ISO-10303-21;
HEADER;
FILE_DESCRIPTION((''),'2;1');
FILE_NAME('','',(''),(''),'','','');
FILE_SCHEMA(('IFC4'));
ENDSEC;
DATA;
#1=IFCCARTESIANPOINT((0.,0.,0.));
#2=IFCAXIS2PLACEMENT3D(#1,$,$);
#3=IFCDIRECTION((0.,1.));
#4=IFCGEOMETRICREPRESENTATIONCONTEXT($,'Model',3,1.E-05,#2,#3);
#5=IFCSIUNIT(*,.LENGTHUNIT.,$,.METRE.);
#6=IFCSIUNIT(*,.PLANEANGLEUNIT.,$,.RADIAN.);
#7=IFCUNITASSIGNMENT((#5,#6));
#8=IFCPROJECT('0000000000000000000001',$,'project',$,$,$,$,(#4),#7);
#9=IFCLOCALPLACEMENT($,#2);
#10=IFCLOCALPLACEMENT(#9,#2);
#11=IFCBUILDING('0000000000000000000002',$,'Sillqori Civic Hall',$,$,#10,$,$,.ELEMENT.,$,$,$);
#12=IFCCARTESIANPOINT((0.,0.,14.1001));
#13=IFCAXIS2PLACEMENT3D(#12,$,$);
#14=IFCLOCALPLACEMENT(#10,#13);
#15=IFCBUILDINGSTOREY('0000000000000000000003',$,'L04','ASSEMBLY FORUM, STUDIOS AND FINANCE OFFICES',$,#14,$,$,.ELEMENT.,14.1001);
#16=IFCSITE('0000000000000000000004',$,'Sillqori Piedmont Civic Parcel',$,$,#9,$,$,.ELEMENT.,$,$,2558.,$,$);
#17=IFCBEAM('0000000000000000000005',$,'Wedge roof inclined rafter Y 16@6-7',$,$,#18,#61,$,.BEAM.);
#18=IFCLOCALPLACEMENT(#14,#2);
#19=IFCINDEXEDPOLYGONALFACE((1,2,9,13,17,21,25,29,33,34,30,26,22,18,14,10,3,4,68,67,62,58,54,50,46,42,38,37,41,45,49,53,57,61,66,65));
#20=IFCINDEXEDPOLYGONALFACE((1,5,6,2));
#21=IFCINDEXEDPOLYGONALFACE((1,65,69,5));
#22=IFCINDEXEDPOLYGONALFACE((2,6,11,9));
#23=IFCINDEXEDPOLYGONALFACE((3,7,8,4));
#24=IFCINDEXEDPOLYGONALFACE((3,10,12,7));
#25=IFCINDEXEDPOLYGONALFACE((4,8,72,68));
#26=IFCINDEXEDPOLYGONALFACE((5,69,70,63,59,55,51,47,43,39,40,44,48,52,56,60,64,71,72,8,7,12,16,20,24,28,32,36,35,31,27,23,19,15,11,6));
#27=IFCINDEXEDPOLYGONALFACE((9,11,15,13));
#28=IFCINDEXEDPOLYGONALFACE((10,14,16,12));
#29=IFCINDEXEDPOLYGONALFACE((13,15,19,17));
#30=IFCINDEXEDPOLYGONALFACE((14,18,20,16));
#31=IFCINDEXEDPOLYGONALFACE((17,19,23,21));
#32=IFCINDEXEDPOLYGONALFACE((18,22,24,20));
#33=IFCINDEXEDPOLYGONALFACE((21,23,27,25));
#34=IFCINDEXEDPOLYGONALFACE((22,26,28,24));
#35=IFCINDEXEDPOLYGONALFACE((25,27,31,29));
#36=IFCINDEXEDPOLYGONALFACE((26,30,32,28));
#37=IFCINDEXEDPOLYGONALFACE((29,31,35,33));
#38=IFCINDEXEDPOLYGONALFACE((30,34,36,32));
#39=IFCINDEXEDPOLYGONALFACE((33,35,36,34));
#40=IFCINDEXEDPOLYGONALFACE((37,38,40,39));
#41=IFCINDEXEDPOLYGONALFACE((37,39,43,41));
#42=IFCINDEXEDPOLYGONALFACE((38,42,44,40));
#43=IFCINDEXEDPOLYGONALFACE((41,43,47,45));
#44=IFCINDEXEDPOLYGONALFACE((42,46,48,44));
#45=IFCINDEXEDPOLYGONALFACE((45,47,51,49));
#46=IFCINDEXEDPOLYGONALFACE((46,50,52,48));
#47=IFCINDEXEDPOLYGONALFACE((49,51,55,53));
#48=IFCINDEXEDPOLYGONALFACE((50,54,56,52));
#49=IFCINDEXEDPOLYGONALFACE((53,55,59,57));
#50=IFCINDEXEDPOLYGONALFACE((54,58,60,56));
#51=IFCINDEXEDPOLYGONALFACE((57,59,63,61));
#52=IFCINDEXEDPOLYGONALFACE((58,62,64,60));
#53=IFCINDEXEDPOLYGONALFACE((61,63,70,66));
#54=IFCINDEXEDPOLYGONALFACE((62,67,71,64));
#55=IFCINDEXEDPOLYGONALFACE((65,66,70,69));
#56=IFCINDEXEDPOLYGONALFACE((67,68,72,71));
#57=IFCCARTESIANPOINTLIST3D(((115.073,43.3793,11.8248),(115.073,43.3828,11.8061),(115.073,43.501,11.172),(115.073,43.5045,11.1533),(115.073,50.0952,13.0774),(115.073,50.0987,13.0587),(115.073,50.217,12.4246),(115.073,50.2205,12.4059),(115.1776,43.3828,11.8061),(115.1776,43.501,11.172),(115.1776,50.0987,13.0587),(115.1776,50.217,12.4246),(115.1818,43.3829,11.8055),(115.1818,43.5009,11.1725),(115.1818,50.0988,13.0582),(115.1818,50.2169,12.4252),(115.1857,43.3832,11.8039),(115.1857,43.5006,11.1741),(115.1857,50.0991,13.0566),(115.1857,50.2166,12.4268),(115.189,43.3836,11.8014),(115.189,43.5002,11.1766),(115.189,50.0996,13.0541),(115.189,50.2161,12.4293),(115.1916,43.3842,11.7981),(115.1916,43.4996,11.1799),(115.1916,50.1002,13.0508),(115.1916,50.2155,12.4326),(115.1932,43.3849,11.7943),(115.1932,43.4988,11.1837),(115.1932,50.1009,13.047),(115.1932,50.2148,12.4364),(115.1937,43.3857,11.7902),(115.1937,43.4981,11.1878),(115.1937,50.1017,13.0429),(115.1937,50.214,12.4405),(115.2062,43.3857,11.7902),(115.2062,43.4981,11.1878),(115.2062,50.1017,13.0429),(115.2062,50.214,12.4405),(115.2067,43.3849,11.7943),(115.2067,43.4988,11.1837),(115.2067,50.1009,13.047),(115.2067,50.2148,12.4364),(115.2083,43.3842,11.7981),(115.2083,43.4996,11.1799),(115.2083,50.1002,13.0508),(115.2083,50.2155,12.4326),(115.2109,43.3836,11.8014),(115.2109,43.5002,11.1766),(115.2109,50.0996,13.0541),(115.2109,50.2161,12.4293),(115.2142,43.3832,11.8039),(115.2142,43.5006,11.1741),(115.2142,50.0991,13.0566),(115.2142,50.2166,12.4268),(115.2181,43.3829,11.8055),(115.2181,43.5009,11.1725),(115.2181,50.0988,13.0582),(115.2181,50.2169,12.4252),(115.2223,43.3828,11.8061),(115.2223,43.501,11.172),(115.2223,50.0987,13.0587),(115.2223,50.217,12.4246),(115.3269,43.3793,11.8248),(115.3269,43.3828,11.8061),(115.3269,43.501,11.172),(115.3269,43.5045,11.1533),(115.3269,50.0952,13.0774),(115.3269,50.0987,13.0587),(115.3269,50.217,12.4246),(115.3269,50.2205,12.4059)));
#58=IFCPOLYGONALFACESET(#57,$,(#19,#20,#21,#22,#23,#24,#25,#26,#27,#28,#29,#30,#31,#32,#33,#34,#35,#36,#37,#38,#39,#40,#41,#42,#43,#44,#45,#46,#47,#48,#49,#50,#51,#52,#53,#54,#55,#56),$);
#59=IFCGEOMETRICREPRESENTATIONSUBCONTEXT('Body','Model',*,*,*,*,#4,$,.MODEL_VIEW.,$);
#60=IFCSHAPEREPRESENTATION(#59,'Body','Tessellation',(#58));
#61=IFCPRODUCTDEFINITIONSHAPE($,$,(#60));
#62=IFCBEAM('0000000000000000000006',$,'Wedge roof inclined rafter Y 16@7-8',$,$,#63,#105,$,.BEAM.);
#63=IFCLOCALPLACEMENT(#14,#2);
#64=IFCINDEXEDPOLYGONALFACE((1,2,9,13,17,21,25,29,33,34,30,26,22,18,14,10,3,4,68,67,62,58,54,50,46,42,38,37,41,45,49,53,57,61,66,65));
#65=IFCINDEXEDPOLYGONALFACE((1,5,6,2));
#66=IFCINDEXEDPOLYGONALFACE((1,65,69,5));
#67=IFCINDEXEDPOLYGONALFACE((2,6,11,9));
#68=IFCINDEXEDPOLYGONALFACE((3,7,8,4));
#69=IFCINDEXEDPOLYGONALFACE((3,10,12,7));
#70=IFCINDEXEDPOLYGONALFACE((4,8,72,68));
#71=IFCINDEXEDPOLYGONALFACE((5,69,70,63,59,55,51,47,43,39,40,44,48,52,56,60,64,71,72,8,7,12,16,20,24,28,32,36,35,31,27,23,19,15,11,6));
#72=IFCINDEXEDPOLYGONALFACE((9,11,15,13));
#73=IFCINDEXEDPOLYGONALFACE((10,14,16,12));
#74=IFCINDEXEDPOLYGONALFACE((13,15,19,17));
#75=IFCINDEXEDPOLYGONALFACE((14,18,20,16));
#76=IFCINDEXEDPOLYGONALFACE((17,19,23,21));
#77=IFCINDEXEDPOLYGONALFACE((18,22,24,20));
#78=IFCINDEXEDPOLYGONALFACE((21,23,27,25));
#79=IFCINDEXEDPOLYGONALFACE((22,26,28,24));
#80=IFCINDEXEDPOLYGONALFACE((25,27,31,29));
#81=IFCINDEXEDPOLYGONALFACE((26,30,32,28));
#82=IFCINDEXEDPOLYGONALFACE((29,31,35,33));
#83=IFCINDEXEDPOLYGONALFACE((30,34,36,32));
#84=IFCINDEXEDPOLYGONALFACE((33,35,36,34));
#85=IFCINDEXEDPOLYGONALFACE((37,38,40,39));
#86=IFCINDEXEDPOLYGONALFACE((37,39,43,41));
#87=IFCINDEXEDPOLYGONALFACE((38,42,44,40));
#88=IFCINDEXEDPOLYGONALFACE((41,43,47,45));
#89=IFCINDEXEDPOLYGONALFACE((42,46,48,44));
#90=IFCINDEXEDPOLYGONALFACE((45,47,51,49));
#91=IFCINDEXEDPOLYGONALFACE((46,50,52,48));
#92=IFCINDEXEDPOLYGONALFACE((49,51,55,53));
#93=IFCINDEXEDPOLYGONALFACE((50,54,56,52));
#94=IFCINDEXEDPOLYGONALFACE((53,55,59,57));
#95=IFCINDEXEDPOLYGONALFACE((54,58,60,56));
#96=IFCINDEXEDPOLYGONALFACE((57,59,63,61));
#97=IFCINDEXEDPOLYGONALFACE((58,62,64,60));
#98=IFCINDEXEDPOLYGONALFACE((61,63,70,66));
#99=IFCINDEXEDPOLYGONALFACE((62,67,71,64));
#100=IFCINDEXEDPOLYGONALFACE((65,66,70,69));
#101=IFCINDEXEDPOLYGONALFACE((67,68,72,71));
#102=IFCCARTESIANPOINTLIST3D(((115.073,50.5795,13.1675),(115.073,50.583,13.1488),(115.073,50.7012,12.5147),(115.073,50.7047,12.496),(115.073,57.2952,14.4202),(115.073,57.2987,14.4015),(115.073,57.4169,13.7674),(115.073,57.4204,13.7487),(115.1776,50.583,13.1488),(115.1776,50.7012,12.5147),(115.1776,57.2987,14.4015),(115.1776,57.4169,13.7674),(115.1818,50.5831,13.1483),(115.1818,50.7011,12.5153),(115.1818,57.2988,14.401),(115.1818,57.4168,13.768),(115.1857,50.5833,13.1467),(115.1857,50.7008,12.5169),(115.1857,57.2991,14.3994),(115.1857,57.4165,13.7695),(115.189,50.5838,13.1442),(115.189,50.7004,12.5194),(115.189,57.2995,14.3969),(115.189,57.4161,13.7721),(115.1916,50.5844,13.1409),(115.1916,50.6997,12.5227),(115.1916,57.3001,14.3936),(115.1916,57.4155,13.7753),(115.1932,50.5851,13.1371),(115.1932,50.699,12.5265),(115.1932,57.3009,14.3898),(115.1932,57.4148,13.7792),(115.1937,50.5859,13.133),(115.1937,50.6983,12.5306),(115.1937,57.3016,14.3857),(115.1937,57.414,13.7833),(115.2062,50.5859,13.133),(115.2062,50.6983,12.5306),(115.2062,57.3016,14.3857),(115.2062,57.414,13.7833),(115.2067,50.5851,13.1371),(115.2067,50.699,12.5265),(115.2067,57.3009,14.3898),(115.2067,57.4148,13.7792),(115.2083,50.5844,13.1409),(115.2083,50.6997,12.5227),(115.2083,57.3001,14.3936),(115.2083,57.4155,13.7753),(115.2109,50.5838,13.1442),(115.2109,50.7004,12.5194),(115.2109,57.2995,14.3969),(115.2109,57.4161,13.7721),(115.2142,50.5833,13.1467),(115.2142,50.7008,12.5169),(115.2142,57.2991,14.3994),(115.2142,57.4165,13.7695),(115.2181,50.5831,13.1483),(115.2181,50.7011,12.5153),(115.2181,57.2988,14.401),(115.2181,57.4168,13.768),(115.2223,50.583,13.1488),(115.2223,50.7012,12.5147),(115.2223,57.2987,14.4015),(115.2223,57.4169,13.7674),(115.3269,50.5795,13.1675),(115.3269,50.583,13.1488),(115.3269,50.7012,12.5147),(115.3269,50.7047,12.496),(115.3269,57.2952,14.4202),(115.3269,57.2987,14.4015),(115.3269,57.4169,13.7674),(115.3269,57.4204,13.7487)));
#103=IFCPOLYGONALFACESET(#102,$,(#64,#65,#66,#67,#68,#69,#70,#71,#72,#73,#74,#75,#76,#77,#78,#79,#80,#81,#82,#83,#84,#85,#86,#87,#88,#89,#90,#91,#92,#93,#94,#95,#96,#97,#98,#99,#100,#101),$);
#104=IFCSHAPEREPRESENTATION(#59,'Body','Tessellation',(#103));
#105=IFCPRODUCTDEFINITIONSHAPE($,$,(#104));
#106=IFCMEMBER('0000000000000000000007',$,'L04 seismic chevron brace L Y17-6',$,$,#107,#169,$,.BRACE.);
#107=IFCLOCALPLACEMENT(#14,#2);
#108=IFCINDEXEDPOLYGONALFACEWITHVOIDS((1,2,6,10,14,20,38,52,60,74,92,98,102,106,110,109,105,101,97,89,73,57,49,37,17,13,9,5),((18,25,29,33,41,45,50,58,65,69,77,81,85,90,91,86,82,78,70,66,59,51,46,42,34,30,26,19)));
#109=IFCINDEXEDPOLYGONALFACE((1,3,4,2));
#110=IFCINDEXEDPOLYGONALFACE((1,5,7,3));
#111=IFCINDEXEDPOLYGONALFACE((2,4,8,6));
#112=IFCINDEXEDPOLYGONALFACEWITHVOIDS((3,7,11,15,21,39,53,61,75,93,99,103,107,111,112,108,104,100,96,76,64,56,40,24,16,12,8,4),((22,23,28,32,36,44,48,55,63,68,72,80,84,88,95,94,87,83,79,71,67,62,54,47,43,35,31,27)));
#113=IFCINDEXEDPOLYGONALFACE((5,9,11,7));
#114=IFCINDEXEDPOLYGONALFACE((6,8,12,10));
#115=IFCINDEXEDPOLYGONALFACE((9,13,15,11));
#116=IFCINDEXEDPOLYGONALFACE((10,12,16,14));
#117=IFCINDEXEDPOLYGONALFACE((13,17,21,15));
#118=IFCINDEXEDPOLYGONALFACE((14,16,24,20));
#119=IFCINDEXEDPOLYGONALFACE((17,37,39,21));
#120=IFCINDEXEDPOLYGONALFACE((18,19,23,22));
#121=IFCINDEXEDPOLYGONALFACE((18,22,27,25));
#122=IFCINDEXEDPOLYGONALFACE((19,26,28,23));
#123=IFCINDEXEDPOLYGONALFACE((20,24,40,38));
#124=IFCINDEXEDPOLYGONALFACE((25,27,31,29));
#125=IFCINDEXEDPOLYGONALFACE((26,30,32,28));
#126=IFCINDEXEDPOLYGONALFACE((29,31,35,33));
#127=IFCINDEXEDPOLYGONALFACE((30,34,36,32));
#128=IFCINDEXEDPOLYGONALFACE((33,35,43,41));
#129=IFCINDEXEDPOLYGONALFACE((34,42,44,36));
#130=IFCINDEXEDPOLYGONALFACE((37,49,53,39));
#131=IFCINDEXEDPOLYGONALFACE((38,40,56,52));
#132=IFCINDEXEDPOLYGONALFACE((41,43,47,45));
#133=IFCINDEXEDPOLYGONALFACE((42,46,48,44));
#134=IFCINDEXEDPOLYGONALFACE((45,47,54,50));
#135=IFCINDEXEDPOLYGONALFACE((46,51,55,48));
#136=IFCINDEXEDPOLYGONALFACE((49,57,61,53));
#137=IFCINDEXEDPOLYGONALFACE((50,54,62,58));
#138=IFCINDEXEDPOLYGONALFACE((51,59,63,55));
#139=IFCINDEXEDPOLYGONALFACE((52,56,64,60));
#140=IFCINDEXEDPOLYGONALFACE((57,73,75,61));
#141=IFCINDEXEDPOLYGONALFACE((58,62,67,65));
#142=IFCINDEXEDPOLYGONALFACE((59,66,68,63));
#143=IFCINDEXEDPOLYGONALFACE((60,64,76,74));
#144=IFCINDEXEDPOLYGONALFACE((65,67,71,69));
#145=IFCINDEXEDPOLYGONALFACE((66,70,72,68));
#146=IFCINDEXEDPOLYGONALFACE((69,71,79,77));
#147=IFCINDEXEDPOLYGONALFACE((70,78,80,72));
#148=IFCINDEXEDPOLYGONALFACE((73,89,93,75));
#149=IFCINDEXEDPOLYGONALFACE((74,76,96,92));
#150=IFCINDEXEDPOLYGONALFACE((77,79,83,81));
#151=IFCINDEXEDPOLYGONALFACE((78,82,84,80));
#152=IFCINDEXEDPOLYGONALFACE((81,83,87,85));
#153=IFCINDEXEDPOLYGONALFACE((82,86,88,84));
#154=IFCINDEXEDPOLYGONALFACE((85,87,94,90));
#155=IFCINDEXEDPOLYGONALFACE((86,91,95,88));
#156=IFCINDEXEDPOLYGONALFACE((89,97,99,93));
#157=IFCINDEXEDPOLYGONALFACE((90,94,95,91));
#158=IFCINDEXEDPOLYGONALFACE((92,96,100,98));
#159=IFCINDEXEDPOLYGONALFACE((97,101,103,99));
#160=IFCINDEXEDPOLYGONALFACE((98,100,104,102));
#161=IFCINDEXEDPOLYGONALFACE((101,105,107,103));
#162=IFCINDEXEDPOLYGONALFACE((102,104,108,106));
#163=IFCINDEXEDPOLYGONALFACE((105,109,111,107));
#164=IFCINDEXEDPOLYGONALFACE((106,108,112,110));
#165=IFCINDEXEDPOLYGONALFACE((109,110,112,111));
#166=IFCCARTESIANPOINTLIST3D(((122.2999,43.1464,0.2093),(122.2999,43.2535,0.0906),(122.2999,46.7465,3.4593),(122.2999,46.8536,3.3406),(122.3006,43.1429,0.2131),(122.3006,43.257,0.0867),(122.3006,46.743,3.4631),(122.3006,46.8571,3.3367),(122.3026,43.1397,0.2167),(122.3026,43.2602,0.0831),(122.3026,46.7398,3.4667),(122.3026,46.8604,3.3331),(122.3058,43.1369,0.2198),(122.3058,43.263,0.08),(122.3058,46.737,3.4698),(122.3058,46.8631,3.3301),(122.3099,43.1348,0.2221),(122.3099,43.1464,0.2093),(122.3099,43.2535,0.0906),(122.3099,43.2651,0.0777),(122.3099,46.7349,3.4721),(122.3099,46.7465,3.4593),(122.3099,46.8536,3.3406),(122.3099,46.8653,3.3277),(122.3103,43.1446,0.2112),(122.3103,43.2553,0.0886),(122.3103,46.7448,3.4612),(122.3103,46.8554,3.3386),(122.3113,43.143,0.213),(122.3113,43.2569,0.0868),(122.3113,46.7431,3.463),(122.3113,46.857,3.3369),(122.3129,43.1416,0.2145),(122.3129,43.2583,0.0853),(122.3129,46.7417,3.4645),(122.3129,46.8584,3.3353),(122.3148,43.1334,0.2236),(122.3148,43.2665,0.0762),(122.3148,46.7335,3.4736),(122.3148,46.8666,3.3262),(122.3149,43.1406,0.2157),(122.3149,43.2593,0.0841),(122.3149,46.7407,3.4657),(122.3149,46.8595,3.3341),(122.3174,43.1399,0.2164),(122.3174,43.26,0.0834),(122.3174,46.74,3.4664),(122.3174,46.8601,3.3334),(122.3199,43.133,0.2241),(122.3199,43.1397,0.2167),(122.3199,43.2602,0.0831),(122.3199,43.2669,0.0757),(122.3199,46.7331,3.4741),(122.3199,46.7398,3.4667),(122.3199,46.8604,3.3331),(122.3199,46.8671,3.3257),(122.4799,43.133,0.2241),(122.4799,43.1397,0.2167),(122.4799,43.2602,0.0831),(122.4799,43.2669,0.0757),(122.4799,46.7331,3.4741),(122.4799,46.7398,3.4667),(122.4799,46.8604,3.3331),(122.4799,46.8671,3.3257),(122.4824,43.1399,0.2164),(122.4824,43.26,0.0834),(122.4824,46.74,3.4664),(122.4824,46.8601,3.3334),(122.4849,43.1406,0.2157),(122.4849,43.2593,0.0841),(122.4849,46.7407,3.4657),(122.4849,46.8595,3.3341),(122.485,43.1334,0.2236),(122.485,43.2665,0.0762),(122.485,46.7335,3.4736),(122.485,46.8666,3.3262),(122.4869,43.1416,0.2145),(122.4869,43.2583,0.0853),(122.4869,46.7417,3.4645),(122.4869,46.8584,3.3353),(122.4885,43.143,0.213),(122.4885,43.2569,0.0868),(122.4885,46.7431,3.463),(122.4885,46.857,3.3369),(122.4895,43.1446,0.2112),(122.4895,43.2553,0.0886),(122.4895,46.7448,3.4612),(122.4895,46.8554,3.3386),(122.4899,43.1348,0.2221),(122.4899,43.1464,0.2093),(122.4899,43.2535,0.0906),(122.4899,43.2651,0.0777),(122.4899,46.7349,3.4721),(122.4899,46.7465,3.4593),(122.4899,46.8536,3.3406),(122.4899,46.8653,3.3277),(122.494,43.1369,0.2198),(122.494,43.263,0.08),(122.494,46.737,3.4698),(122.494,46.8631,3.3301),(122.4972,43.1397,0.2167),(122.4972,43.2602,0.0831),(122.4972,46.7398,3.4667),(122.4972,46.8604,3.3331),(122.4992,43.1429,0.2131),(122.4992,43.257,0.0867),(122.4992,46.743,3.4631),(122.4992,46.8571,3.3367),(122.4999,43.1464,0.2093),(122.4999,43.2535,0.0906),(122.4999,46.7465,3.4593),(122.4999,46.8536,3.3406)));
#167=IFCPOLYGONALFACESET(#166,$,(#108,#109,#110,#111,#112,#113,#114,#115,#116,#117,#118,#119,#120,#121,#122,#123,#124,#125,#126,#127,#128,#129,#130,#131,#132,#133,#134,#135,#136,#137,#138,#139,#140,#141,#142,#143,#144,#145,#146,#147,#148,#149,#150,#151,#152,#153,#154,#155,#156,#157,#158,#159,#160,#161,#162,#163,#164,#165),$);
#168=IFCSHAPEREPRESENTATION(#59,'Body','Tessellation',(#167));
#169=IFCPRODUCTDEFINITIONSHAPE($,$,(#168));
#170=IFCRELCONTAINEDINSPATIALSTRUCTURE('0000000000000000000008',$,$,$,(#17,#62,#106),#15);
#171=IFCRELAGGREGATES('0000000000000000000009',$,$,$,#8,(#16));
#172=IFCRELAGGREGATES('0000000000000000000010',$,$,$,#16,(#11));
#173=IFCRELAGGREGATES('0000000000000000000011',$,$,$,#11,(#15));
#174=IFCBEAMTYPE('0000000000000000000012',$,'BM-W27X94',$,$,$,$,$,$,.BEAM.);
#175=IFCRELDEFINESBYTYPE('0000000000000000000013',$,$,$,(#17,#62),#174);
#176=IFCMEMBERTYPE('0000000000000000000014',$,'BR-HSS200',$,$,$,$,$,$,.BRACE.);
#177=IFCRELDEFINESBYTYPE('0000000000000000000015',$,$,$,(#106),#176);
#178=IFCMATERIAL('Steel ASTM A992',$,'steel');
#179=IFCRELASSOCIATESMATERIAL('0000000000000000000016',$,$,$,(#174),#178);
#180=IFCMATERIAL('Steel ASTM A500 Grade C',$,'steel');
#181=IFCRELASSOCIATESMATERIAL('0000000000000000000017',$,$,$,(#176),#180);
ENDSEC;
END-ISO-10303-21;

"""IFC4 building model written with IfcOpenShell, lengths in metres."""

from ifc_helpers import new_model, si_unit, direction, frame, origin, origin_2d, place, context, subcontext, project, spatial, hollow_rectangle, i_section, extrude, material, material_profile, profile_set, type_object, element, save


model = new_model("IFC4")

# Units and contexts
model_context = context("Model", 3, precision=1e-05, world=origin(), true_north=direction((0.0, 1.0)))
body_context = subcontext(model_context, "Body", "Model", "MODEL_VIEW")
ifc_project = project(units=[si_unit("LENGTHUNIT", "METRE"), si_unit("PLANEANGLEUNIT", "RADIAN")], contexts=[model_context])

# Site, building, storey
site_placement = place(None, origin())
site = spatial("IfcSite", under=ifc_project, at=site_placement, Name="Sillqori Piedmont Civic Parcel", CompositionType="ELEMENT", RefElevation=2558.0)
building_placement = place(site_placement, origin())
building = spatial("IfcBuilding", under=site, at=building_placement, Name="Sillqori Civic Hall", CompositionType="ELEMENT")
storey_placement = place(building_placement, frame((0.0, 0.0, 14.1001)))
storey = spatial("IfcBuildingStorey", under=building, at=storey_placement, Name="L04", Description="ASSEMBLY FORUM, STUDIOS AND FINANCE OFFICES", CompositionType="ELEMENT", Elevation=14.1001)

# Shared definitions
ifc_material_1 = material(Name="Steel ASTM A992", Category="steel")

# Beams
ifc_material_profile_1 = material_profile(ifc_material_1, i_section(OverallWidth=0.2539, OverallDepth=0.6831, WebThickness=0.0125, FlangeThickness=0.019, FilletRadius=0.0161, at=origin_2d()), Name="W27X94")
ifc_profile_set_1 = profile_set([ifc_material_profile_1], Name="Steel ASTM A992")
beam_type = type_object("IfcBeamType", Name="BM-W27X94", PredefinedType="BEAM", material=ifc_profile_set_1)
beam_1_placement = place(storey_placement, frame((115.2, 43.4419, 11.489), z_axis=(0.0, 0.983046, 0.183359), x_axis=(-1.0, 0.0, 0.0)))
element("IfcBeam", 1, at=beam_1_placement, inside=storey, type_object=beam_type, Name="Wedge roof inclined rafter Y 16@6-7", PredefinedType="BEAM", context=body_context, shape_type="SweptSolid", body=[
    extrude(i_section(OverallWidth=0.2539, OverallDepth=0.6831, WebThickness=0.0125, FlangeThickness=0.019, FilletRadius=0.0161, at=origin_2d()), origin(), (0.0, 0.0, 1.0), 6.8318),
])
beam_2_placement = place(storey_placement, frame((115.2, 50.6421, 12.8318), z_axis=(0.0, 0.983045, 0.183365), x_axis=(-1.0, 0.0, 0.0)))
element("IfcBeam", 2, at=beam_2_placement, inside=storey, type_object=beam_type, Name="Wedge roof inclined rafter Y 16@7-8", PredefinedType="BEAM", context=body_context, shape_type="SweptSolid", body=[
    extrude(i_section(OverallWidth=0.2539, OverallDepth=0.6831, WebThickness=0.0125, FlangeThickness=0.019, FilletRadius=0.0161, at=origin_2d()), origin(), (0.0, 0.0, 1.0), 6.8315),
])

# Member
ifc_material_2 = material(Name="Steel ASTM A500 Grade C", Category="steel")
ifc_material_profile_2 = material_profile(ifc_material_2, hollow_rectangle(XDim=0.2, YDim=0.2, WallThickness=0.01, InnerFilletRadius=0.01, OuterFilletRadius=0.02, at=origin_2d()), Name="HSS200X200X10")
ifc_profile_set_2 = profile_set([ifc_material_profile_2], Name="Steel ASTM A500 Grade C")
member_type_1 = type_object("IfcMemberType", Name="BR-HSS200", PredefinedType="BRACE", material=ifc_profile_set_2)
member_1_placement = place(storey_placement, frame((122.3999, 43.2, 0.1499), z_axis=(0.0, 0.742277, 0.670093), x_axis=(-1.0, 0.0, 0.0)))
element("IfcMember", 3, at=member_1_placement, inside=storey, type_object=member_type_1, Name="L04 seismic chevron brace L Y17-6", PredefinedType="BRACE", context=body_context, shape_type="SweptSolid", body=[
    extrude(hollow_rectangle(XDim=0.2, YDim=0.2, WallThickness=0.01, InnerFilletRadius=0.01, OuterFilletRadius=0.02, at=origin_2d()), origin(), (0.0, 0.0, 1.0), 4.8501),
])

save(model, "model.ifc")
